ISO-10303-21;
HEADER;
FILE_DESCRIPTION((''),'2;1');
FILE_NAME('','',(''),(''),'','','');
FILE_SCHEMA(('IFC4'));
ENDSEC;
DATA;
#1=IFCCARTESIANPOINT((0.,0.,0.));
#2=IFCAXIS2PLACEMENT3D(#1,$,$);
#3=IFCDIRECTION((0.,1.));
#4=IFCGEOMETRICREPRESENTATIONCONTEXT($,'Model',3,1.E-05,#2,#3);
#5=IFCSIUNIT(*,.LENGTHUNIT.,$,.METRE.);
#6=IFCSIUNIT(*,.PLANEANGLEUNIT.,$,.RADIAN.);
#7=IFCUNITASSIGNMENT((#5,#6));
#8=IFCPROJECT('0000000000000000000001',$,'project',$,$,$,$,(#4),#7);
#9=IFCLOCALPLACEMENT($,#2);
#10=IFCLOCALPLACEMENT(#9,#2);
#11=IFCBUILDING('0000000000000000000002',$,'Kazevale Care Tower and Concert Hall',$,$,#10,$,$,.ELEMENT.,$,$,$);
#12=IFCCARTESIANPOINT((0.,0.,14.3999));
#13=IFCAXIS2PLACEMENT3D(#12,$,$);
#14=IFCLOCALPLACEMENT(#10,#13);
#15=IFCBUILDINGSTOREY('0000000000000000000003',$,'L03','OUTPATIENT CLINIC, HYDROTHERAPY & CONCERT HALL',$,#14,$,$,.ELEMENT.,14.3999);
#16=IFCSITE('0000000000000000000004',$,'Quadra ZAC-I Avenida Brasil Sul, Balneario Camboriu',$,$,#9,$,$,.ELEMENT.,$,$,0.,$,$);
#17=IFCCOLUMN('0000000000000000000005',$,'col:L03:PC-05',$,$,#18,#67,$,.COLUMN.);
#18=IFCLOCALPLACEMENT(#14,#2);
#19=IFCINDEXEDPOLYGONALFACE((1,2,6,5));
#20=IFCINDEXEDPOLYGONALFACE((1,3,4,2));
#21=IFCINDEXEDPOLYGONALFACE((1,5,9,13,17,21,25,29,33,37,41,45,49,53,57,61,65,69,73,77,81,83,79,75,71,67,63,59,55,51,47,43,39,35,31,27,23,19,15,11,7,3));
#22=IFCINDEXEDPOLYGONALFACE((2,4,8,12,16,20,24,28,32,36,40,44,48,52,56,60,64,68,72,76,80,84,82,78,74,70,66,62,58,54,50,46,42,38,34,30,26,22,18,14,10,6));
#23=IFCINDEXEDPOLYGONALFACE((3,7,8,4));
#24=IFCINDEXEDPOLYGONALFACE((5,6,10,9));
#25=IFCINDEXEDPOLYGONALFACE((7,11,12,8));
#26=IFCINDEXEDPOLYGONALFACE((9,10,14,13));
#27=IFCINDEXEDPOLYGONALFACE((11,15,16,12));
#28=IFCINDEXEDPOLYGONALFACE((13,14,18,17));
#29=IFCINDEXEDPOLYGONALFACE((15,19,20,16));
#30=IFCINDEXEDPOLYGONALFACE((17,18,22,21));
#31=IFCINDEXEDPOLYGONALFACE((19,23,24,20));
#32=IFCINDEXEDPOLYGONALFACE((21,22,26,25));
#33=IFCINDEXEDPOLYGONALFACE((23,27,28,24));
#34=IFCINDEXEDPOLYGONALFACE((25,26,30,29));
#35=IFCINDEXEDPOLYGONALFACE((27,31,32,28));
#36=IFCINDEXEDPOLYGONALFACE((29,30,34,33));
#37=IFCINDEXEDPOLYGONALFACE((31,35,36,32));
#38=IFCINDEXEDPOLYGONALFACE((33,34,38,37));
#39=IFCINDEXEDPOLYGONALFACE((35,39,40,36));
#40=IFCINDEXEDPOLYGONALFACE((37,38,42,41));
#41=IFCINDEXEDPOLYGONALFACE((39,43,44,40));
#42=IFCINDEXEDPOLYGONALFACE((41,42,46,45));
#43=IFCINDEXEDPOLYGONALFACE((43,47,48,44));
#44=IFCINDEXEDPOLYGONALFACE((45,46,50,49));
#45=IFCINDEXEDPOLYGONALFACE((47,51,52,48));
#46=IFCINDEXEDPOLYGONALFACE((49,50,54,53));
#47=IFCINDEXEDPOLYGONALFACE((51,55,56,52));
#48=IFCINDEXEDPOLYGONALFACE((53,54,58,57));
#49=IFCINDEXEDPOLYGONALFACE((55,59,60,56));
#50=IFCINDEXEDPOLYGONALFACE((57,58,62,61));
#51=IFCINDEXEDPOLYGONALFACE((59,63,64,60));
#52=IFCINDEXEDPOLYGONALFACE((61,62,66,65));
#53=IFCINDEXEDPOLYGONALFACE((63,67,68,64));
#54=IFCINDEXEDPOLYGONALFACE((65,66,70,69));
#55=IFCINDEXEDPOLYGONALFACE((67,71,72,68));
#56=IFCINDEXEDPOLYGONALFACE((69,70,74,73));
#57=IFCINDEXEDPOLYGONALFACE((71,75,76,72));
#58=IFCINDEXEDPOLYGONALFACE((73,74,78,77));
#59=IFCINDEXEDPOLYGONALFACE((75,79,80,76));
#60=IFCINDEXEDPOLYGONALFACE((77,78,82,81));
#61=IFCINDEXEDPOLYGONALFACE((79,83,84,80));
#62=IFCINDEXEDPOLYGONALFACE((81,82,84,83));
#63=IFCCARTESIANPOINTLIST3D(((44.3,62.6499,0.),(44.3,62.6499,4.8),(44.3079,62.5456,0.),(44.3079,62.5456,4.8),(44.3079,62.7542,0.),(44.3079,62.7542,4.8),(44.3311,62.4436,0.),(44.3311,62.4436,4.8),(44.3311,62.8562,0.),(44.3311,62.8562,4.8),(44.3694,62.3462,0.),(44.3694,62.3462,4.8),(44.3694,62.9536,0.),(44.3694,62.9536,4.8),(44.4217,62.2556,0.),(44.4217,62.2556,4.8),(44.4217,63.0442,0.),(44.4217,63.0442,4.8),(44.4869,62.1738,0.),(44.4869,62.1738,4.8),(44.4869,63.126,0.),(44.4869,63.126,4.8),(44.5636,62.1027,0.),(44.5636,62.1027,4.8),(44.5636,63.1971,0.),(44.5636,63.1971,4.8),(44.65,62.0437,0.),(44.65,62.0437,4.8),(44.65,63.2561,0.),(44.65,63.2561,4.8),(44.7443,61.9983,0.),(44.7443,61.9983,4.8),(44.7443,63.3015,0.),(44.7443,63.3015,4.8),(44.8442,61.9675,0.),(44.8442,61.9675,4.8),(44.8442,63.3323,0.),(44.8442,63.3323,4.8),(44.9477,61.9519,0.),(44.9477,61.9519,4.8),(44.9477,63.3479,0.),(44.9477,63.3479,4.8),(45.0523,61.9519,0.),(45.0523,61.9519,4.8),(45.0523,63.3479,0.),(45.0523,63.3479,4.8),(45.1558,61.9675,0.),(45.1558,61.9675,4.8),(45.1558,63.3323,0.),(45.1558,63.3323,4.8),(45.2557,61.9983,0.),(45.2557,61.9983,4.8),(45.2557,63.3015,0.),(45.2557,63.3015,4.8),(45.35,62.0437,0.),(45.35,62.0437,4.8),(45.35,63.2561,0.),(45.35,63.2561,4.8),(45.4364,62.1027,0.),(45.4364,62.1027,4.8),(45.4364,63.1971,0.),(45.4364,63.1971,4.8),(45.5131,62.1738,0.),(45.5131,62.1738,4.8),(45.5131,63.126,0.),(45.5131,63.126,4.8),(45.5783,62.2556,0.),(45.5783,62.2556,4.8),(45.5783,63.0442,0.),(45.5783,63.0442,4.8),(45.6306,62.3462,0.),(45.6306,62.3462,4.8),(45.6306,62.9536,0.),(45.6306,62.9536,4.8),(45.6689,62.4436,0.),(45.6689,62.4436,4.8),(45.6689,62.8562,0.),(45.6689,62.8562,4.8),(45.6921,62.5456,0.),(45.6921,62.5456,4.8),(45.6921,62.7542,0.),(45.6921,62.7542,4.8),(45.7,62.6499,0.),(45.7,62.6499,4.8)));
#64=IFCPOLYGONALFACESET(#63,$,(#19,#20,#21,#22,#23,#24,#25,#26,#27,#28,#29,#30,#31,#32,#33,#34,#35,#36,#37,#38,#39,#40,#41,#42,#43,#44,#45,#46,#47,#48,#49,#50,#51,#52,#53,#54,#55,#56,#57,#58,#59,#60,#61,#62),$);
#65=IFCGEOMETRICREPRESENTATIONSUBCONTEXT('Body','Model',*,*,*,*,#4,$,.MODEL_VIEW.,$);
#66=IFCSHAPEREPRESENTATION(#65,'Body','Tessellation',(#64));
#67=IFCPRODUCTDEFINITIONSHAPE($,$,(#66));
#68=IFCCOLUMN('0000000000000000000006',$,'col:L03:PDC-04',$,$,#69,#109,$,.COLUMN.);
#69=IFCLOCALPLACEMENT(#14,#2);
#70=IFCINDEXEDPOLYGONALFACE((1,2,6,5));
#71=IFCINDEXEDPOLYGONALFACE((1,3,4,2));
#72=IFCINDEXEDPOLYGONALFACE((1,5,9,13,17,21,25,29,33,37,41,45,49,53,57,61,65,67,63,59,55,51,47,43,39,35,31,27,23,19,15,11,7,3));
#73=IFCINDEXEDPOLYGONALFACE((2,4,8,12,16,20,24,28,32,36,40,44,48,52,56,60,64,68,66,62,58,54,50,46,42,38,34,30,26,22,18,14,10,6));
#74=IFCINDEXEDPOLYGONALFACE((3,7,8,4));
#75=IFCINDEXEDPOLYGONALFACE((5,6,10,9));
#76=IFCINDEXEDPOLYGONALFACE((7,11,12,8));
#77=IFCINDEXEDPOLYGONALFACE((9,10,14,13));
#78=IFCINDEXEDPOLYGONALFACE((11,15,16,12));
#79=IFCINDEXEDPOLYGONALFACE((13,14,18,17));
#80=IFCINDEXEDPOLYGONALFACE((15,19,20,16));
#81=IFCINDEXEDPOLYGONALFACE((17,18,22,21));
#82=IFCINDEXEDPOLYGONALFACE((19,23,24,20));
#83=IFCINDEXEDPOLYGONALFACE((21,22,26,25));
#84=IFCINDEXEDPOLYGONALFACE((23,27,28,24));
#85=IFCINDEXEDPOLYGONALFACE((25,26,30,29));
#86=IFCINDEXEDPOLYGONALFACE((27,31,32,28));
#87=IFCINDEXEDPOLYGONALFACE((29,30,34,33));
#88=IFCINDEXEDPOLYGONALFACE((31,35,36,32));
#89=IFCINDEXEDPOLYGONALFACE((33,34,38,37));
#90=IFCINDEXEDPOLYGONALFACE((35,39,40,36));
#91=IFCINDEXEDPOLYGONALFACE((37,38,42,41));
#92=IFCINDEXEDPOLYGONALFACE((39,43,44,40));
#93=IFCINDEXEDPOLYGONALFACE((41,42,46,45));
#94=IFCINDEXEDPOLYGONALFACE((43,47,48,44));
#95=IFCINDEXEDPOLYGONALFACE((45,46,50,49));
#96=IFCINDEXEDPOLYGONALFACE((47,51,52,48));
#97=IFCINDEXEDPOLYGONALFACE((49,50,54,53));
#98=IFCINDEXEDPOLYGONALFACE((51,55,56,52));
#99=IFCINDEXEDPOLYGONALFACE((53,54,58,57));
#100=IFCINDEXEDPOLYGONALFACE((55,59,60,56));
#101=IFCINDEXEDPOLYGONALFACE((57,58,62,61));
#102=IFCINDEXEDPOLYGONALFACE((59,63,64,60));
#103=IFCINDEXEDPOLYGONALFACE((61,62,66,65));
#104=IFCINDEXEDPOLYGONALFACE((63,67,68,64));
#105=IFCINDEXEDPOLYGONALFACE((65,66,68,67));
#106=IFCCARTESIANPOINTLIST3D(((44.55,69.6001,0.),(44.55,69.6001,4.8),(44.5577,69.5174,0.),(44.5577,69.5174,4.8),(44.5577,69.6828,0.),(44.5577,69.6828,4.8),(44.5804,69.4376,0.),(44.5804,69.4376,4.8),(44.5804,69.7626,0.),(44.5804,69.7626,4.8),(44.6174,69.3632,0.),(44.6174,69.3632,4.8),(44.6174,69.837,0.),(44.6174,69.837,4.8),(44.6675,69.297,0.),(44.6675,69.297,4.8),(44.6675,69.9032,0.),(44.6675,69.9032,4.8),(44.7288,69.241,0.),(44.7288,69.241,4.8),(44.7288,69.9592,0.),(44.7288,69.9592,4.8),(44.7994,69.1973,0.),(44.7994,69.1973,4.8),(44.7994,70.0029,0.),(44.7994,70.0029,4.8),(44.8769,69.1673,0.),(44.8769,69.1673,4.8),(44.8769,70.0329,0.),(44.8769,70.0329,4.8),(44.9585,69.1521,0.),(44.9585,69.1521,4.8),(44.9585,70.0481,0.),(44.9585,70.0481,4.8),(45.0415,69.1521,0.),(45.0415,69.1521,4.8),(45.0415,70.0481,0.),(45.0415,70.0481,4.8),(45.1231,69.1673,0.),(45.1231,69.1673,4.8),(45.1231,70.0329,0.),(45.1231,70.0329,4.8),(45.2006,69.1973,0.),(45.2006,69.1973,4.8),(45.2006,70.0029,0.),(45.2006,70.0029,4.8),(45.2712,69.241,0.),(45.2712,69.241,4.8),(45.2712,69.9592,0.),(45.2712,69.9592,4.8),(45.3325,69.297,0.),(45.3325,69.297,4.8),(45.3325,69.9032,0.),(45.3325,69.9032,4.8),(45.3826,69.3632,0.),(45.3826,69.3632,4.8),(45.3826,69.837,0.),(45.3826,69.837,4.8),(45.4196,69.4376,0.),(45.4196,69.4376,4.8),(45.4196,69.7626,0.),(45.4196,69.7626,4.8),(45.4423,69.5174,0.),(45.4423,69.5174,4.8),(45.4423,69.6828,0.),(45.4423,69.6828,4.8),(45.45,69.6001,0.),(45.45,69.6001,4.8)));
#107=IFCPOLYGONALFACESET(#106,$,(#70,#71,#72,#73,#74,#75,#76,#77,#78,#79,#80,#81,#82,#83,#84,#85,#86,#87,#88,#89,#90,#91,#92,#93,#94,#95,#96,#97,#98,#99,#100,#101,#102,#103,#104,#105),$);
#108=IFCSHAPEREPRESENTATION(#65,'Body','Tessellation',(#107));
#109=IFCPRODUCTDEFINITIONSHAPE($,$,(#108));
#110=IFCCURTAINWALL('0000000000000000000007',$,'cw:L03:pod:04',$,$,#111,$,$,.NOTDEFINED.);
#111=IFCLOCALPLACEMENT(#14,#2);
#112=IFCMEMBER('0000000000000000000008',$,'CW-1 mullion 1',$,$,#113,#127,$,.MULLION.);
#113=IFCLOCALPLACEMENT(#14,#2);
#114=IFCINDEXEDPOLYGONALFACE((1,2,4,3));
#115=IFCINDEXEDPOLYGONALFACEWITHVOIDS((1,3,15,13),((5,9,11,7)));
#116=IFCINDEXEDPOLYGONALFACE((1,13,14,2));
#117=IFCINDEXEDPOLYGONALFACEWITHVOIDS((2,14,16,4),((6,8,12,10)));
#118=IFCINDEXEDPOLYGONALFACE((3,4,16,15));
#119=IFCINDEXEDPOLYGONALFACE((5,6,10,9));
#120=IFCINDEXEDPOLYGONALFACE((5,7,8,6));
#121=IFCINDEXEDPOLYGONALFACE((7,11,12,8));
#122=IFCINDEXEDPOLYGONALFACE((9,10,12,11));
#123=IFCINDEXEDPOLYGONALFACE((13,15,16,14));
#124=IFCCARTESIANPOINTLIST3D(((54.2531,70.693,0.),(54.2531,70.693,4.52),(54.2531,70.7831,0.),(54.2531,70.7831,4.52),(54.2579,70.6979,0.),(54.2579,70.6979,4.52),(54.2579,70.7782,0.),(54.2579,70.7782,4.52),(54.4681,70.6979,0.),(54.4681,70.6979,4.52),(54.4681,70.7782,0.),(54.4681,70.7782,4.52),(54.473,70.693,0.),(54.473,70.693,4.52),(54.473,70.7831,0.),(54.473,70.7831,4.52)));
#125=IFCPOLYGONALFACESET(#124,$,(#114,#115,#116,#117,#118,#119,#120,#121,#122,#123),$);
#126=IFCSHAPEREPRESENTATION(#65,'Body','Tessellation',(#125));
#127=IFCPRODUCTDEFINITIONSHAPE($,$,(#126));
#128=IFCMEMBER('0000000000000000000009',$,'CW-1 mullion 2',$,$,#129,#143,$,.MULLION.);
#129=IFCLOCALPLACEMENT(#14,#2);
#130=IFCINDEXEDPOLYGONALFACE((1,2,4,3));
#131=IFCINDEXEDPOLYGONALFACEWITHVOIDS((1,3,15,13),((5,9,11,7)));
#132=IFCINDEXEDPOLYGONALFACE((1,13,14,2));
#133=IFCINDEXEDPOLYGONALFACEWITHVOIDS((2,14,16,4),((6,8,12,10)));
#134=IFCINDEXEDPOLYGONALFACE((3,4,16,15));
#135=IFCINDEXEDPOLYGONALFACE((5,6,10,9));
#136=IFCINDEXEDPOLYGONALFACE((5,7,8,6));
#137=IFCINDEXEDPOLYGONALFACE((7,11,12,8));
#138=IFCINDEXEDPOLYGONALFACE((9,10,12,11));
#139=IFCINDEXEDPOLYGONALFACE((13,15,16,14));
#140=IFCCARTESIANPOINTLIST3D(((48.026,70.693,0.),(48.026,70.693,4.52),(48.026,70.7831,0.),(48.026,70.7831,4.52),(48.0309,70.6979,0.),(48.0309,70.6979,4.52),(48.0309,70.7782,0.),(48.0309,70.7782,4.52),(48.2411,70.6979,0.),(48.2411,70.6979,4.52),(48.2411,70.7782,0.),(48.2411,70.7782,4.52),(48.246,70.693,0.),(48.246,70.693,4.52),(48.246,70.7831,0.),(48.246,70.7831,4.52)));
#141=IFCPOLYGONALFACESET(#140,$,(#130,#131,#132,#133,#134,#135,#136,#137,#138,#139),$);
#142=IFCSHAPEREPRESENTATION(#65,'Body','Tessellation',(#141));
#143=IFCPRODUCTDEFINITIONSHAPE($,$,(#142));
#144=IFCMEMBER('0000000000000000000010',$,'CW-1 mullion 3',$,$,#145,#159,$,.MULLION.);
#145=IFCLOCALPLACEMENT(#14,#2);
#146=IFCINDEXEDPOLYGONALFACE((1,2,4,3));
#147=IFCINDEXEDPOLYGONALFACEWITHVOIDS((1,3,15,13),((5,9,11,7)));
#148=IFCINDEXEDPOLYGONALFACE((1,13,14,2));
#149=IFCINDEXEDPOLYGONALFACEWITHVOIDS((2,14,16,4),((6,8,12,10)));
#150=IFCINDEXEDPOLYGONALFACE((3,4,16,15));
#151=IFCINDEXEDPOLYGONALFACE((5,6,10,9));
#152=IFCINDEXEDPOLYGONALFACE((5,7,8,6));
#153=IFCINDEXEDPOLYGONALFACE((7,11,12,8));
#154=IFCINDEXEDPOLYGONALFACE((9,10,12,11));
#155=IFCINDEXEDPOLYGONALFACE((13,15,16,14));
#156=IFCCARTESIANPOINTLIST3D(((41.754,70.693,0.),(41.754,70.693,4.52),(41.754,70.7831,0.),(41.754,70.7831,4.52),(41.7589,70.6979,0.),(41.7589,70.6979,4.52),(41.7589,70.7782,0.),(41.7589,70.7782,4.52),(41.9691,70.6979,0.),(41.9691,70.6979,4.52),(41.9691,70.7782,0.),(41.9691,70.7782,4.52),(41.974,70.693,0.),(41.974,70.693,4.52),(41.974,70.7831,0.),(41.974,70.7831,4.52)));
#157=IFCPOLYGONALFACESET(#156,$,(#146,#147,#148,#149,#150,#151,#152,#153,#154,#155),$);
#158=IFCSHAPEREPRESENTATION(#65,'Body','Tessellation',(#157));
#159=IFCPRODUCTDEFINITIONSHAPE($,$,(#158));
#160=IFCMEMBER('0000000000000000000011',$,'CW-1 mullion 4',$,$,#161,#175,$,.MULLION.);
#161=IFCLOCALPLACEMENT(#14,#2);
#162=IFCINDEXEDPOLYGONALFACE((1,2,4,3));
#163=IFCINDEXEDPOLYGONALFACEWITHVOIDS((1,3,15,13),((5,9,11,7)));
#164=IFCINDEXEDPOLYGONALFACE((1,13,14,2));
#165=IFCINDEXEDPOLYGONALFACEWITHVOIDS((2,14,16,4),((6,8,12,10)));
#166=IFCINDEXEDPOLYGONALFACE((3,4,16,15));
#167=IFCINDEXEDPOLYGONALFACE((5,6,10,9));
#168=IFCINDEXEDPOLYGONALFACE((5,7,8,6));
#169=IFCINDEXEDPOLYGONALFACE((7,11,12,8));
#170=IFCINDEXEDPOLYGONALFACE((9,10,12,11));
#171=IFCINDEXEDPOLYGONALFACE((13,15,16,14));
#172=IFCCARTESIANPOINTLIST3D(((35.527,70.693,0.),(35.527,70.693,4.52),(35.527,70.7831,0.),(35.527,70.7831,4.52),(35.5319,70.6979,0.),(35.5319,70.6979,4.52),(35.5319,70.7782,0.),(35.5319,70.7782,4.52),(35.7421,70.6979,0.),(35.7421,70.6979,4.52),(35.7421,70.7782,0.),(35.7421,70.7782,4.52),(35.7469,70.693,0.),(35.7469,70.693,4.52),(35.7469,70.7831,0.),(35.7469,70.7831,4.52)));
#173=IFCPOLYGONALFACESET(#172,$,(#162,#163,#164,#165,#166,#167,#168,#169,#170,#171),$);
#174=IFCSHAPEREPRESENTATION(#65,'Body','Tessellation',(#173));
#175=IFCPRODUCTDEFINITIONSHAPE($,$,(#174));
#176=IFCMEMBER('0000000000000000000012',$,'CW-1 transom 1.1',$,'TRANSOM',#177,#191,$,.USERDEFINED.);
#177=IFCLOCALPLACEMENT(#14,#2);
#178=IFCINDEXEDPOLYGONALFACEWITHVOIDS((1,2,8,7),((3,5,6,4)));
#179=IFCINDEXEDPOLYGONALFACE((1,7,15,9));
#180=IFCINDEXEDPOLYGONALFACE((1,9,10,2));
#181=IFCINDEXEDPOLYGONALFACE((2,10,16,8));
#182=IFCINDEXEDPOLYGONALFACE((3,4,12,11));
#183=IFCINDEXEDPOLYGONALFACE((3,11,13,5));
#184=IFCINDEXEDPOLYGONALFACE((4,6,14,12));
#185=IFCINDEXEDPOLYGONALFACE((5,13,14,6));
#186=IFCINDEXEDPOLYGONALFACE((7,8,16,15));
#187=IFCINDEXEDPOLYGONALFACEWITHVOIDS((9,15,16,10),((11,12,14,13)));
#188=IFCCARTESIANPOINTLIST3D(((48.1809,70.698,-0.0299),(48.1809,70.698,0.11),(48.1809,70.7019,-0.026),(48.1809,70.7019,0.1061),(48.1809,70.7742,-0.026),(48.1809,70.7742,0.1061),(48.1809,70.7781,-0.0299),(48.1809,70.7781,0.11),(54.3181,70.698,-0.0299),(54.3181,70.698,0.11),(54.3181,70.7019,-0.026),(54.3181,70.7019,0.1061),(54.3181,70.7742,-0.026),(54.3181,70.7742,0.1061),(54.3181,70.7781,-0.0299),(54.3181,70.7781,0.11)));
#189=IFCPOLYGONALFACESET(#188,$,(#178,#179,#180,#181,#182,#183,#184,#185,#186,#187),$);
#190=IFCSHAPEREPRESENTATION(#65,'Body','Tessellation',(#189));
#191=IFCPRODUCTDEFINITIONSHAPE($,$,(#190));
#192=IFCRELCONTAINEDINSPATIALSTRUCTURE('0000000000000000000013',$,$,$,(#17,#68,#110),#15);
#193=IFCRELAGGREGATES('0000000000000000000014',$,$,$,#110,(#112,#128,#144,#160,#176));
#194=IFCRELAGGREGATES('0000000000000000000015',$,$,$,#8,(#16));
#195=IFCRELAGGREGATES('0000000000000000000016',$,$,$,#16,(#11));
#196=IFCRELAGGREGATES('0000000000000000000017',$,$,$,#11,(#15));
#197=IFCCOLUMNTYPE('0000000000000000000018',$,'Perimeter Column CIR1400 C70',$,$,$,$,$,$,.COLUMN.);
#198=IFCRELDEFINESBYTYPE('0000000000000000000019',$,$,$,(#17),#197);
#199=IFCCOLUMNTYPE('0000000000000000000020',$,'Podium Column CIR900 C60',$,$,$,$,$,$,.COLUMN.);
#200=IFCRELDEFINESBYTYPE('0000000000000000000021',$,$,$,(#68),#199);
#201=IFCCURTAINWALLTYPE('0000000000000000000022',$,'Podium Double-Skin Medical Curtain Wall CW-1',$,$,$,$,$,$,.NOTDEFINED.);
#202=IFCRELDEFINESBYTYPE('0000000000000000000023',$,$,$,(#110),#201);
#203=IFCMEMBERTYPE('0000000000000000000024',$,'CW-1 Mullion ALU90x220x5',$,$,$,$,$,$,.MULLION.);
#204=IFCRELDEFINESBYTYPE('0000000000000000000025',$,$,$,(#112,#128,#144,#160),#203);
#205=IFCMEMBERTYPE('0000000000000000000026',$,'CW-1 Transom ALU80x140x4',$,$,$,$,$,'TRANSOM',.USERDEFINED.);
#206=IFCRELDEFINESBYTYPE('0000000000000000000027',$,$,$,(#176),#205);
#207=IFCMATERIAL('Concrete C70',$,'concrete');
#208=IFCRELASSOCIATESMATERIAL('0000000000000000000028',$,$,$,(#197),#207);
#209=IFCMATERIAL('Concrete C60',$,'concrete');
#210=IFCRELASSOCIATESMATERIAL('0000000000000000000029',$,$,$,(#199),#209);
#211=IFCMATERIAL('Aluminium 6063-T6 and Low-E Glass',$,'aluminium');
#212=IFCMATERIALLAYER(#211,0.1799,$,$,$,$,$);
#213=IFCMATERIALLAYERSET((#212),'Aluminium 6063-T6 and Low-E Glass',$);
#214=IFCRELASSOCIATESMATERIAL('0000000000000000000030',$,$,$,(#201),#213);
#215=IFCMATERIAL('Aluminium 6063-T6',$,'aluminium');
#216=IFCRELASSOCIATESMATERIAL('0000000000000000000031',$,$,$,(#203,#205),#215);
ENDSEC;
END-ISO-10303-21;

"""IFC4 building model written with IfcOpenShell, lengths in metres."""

from ifc_helpers import new_model, si_unit, direction, frame, origin, origin_2d, place, context, subcontext, project, spatial, hollow_rectangle, circle, extrude, material, layer, layer_set, material_profile, profile_set, type_object, element, aggregate, save


model = new_model("IFC4")

# Units and contexts
model_context = context("Model", 3, precision=1e-05, world=origin(), true_north=direction((0.0, 1.0)))
body_context = subcontext(model_context, "Body", "Model", "MODEL_VIEW")
ifc_project = project(units=[si_unit("LENGTHUNIT", "METRE"), si_unit("PLANEANGLEUNIT", "RADIAN")], contexts=[model_context])

# Site, building, storey
site_placement = place(None, origin())
site = spatial("IfcSite", under=ifc_project, at=site_placement, Name="Quadra ZAC-I Avenida Brasil Sul, Balneario Camboriu", CompositionType="ELEMENT", RefElevation=0.0)
building_placement = place(site_placement, origin())
building = spatial("IfcBuilding", under=site, at=building_placement, Name="Kazevale Care Tower and Concert Hall", CompositionType="ELEMENT")
storey_placement = place(building_placement, frame((0.0, 0.0, 14.3999)))
storey = spatial("IfcBuildingStorey", under=building, at=storey_placement, Name="L03", Description="OUTPATIENT CLINIC, HYDROTHERAPY & CONCERT HALL", CompositionType="ELEMENT", Elevation=14.3999)

# Columns
ifc_material_1 = material(Name="Concrete C70", Category="concrete")
ifc_material_profile_1 = material_profile(ifc_material_1, circle(Radius=0.7, at=origin_2d()), Name="RC-CIR1400")
ifc_profile_set_1 = profile_set([ifc_material_profile_1], Name="Concrete C70")
column_type_1 = type_object("IfcColumnType", Name="Perimeter Column CIR1400 C70", PredefinedType="COLUMN", material=ifc_profile_set_1)
column_1_placement = place(storey_placement, frame((45.0, 62.6499, 0.0), z_axis=(0.0, 0.0, 1.0), x_axis=(1.0, 0.0, 0.0)))
element("IfcColumn", 1, at=column_1_placement, inside=storey, type_object=column_type_1, Name="col:L03:PC-05", PredefinedType="COLUMN", context=body_context, shape_type="SweptSolid", body=[
    extrude(circle(Radius=0.7, at=origin_2d()), origin(), (0.0, 0.0, 1.0), 4.8),
])
ifc_material_2 = material(Name="Concrete C60", Category="concrete")
ifc_material_profile_2 = material_profile(ifc_material_2, circle(Radius=0.45, at=origin_2d()), Name="RC-CIR900")
ifc_profile_set_2 = profile_set([ifc_material_profile_2], Name="Concrete C60")
column_type_2 = type_object("IfcColumnType", Name="Podium Column CIR900 C60", PredefinedType="COLUMN", material=ifc_profile_set_2)
column_2_placement = place(storey_placement, frame((45.0, 69.6001, 0.0), z_axis=(0.0, 0.0, 1.0), x_axis=(1.0, 0.0, 0.0)))
element("IfcColumn", 2, at=column_2_placement, inside=storey, type_object=column_type_2, Name="col:L03:PDC-04", PredefinedType="COLUMN", context=body_context, shape_type="SweptSolid", body=[
    extrude(circle(Radius=0.45, at=origin_2d()), origin(), (0.0, 0.0, 1.0), 4.8),
])

# Curtain wall, members
ifc_material_3 = material(Name="Aluminium 6063-T6 and Low-E Glass", Category="aluminium")
ifc_layer_1 = layer(ifc_material_3, 0.1799)
ifc_layer_set_1 = layer_set([ifc_layer_1], Name="Aluminium 6063-T6 and Low-E Glass")
curtain_wall_type = type_object("IfcCurtainWallType", Name="Podium Double-Skin Medical Curtain Wall CW-1", PredefinedType="NOTDEFINED", material=ifc_layer_set_1)
curtain_wall_placement = place(storey_placement, origin())
curtain_wall = element("IfcCurtainWall", 3, at=curtain_wall_placement, inside=storey, type_object=curtain_wall_type, Name="cw:L03:pod:04", PredefinedType="NOTDEFINED")
ifc_material_4 = material(Name="Aluminium 6063-T6", Category="aluminium")
ifc_material_profile_3 = material_profile(ifc_material_4, hollow_rectangle(XDim=0.0901, YDim=0.22, WallThickness=0.0049, at=origin_2d()), Name="ALU90x220x5")
ifc_profile_set_3 = profile_set([ifc_material_profile_3], Name="Aluminium 6063-T6")
member_type_1 = type_object("IfcMemberType", Name="CW-1 Mullion ALU90x220x5", PredefinedType="MULLION", material=ifc_profile_set_3)
member_1_placement = place(storey_placement, frame((54.363, 70.738, 0.0), z_axis=(0.0, 0.0, 1.0), x_axis=(0.0, -1.0, 0.0)))
member_1 = element("IfcMember", 4, at=member_1_placement, type_object=member_type_1, Name="CW-1 mullion 1", PredefinedType="MULLION", context=body_context, shape_type="SweptSolid", body=[
    extrude(hollow_rectangle(XDim=0.0901, YDim=0.22, WallThickness=0.0049, at=origin_2d()), origin(), (0.0, 0.0, 1.0), 4.52),
])
member_2_placement = place(storey_placement, frame((48.136, 70.738, 0.0), z_axis=(0.0, 0.0, 1.0), x_axis=(0.0, -1.0, 0.0)))
member_2 = element("IfcMember", 5, at=member_2_placement, type_object=member_type_1, Name="CW-1 mullion 2", PredefinedType="MULLION", context=body_context, shape_type="SweptSolid", body=[
    extrude(hollow_rectangle(XDim=0.0901, YDim=0.22, WallThickness=0.0049, at=origin_2d()), origin(), (0.0, 0.0, 1.0), 4.52),
])
member_3_placement = place(storey_placement, frame((41.864, 70.738, 0.0), z_axis=(0.0, 0.0, 1.0), x_axis=(0.0, -1.0, 0.0)))
member_3 = element("IfcMember", 6, at=member_3_placement, type_object=member_type_1, Name="CW-1 mullion 3", PredefinedType="MULLION", context=body_context, shape_type="SweptSolid", body=[
    extrude(hollow_rectangle(XDim=0.0901, YDim=0.22, WallThickness=0.0049, at=origin_2d()), origin(), (0.0, 0.0, 1.0), 4.52),
])
member_4_placement = place(storey_placement, frame((35.637, 70.738, 0.0), z_axis=(0.0, 0.0, 1.0), x_axis=(0.0, -1.0, 0.0)))
member_4 = element("IfcMember", 7, at=member_4_placement, type_object=member_type_1, Name="CW-1 mullion 4", PredefinedType="MULLION", context=body_context, shape_type="SweptSolid", body=[
    extrude(hollow_rectangle(XDim=0.0901, YDim=0.22, WallThickness=0.0049, at=origin_2d()), origin(), (0.0, 0.0, 1.0), 4.52),
])
ifc_material_profile_4 = material_profile(ifc_material_4, hollow_rectangle(XDim=0.0801, YDim=0.1399, WallThickness=0.0039, at=origin_2d()), Name="ALU80x140x4")
ifc_profile_set_4 = profile_set([ifc_material_profile_4], Name="Aluminium 6063-T6")
member_type_2 = type_object("IfcMemberType", Name="CW-1 Transom ALU80x140x4", ElementType="TRANSOM", PredefinedType="USERDEFINED", material=ifc_profile_set_4)
member_5_placement = place(storey_placement, frame((54.3181, 70.738, 0.04), z_axis=(-1.0, 0.0, 0.0), x_axis=(0.0, -1.0, 0.0)))
member_5 = element("IfcMember", 8, at=member_5_placement, type_object=member_type_2, Name="CW-1 transom 1.1", ObjectType="TRANSOM", PredefinedType="USERDEFINED", context=body_context, shape_type="SweptSolid", body=[
    extrude(hollow_rectangle(XDim=0.0801, YDim=0.1399, WallThickness=0.0039, at=origin_2d()), origin(), (0.0, 0.0, 1.0), 6.1372),
])

aggregate(curtain_wall, [member_1, member_2, member_3, member_4, member_5])

save(model, "model.ifc")
